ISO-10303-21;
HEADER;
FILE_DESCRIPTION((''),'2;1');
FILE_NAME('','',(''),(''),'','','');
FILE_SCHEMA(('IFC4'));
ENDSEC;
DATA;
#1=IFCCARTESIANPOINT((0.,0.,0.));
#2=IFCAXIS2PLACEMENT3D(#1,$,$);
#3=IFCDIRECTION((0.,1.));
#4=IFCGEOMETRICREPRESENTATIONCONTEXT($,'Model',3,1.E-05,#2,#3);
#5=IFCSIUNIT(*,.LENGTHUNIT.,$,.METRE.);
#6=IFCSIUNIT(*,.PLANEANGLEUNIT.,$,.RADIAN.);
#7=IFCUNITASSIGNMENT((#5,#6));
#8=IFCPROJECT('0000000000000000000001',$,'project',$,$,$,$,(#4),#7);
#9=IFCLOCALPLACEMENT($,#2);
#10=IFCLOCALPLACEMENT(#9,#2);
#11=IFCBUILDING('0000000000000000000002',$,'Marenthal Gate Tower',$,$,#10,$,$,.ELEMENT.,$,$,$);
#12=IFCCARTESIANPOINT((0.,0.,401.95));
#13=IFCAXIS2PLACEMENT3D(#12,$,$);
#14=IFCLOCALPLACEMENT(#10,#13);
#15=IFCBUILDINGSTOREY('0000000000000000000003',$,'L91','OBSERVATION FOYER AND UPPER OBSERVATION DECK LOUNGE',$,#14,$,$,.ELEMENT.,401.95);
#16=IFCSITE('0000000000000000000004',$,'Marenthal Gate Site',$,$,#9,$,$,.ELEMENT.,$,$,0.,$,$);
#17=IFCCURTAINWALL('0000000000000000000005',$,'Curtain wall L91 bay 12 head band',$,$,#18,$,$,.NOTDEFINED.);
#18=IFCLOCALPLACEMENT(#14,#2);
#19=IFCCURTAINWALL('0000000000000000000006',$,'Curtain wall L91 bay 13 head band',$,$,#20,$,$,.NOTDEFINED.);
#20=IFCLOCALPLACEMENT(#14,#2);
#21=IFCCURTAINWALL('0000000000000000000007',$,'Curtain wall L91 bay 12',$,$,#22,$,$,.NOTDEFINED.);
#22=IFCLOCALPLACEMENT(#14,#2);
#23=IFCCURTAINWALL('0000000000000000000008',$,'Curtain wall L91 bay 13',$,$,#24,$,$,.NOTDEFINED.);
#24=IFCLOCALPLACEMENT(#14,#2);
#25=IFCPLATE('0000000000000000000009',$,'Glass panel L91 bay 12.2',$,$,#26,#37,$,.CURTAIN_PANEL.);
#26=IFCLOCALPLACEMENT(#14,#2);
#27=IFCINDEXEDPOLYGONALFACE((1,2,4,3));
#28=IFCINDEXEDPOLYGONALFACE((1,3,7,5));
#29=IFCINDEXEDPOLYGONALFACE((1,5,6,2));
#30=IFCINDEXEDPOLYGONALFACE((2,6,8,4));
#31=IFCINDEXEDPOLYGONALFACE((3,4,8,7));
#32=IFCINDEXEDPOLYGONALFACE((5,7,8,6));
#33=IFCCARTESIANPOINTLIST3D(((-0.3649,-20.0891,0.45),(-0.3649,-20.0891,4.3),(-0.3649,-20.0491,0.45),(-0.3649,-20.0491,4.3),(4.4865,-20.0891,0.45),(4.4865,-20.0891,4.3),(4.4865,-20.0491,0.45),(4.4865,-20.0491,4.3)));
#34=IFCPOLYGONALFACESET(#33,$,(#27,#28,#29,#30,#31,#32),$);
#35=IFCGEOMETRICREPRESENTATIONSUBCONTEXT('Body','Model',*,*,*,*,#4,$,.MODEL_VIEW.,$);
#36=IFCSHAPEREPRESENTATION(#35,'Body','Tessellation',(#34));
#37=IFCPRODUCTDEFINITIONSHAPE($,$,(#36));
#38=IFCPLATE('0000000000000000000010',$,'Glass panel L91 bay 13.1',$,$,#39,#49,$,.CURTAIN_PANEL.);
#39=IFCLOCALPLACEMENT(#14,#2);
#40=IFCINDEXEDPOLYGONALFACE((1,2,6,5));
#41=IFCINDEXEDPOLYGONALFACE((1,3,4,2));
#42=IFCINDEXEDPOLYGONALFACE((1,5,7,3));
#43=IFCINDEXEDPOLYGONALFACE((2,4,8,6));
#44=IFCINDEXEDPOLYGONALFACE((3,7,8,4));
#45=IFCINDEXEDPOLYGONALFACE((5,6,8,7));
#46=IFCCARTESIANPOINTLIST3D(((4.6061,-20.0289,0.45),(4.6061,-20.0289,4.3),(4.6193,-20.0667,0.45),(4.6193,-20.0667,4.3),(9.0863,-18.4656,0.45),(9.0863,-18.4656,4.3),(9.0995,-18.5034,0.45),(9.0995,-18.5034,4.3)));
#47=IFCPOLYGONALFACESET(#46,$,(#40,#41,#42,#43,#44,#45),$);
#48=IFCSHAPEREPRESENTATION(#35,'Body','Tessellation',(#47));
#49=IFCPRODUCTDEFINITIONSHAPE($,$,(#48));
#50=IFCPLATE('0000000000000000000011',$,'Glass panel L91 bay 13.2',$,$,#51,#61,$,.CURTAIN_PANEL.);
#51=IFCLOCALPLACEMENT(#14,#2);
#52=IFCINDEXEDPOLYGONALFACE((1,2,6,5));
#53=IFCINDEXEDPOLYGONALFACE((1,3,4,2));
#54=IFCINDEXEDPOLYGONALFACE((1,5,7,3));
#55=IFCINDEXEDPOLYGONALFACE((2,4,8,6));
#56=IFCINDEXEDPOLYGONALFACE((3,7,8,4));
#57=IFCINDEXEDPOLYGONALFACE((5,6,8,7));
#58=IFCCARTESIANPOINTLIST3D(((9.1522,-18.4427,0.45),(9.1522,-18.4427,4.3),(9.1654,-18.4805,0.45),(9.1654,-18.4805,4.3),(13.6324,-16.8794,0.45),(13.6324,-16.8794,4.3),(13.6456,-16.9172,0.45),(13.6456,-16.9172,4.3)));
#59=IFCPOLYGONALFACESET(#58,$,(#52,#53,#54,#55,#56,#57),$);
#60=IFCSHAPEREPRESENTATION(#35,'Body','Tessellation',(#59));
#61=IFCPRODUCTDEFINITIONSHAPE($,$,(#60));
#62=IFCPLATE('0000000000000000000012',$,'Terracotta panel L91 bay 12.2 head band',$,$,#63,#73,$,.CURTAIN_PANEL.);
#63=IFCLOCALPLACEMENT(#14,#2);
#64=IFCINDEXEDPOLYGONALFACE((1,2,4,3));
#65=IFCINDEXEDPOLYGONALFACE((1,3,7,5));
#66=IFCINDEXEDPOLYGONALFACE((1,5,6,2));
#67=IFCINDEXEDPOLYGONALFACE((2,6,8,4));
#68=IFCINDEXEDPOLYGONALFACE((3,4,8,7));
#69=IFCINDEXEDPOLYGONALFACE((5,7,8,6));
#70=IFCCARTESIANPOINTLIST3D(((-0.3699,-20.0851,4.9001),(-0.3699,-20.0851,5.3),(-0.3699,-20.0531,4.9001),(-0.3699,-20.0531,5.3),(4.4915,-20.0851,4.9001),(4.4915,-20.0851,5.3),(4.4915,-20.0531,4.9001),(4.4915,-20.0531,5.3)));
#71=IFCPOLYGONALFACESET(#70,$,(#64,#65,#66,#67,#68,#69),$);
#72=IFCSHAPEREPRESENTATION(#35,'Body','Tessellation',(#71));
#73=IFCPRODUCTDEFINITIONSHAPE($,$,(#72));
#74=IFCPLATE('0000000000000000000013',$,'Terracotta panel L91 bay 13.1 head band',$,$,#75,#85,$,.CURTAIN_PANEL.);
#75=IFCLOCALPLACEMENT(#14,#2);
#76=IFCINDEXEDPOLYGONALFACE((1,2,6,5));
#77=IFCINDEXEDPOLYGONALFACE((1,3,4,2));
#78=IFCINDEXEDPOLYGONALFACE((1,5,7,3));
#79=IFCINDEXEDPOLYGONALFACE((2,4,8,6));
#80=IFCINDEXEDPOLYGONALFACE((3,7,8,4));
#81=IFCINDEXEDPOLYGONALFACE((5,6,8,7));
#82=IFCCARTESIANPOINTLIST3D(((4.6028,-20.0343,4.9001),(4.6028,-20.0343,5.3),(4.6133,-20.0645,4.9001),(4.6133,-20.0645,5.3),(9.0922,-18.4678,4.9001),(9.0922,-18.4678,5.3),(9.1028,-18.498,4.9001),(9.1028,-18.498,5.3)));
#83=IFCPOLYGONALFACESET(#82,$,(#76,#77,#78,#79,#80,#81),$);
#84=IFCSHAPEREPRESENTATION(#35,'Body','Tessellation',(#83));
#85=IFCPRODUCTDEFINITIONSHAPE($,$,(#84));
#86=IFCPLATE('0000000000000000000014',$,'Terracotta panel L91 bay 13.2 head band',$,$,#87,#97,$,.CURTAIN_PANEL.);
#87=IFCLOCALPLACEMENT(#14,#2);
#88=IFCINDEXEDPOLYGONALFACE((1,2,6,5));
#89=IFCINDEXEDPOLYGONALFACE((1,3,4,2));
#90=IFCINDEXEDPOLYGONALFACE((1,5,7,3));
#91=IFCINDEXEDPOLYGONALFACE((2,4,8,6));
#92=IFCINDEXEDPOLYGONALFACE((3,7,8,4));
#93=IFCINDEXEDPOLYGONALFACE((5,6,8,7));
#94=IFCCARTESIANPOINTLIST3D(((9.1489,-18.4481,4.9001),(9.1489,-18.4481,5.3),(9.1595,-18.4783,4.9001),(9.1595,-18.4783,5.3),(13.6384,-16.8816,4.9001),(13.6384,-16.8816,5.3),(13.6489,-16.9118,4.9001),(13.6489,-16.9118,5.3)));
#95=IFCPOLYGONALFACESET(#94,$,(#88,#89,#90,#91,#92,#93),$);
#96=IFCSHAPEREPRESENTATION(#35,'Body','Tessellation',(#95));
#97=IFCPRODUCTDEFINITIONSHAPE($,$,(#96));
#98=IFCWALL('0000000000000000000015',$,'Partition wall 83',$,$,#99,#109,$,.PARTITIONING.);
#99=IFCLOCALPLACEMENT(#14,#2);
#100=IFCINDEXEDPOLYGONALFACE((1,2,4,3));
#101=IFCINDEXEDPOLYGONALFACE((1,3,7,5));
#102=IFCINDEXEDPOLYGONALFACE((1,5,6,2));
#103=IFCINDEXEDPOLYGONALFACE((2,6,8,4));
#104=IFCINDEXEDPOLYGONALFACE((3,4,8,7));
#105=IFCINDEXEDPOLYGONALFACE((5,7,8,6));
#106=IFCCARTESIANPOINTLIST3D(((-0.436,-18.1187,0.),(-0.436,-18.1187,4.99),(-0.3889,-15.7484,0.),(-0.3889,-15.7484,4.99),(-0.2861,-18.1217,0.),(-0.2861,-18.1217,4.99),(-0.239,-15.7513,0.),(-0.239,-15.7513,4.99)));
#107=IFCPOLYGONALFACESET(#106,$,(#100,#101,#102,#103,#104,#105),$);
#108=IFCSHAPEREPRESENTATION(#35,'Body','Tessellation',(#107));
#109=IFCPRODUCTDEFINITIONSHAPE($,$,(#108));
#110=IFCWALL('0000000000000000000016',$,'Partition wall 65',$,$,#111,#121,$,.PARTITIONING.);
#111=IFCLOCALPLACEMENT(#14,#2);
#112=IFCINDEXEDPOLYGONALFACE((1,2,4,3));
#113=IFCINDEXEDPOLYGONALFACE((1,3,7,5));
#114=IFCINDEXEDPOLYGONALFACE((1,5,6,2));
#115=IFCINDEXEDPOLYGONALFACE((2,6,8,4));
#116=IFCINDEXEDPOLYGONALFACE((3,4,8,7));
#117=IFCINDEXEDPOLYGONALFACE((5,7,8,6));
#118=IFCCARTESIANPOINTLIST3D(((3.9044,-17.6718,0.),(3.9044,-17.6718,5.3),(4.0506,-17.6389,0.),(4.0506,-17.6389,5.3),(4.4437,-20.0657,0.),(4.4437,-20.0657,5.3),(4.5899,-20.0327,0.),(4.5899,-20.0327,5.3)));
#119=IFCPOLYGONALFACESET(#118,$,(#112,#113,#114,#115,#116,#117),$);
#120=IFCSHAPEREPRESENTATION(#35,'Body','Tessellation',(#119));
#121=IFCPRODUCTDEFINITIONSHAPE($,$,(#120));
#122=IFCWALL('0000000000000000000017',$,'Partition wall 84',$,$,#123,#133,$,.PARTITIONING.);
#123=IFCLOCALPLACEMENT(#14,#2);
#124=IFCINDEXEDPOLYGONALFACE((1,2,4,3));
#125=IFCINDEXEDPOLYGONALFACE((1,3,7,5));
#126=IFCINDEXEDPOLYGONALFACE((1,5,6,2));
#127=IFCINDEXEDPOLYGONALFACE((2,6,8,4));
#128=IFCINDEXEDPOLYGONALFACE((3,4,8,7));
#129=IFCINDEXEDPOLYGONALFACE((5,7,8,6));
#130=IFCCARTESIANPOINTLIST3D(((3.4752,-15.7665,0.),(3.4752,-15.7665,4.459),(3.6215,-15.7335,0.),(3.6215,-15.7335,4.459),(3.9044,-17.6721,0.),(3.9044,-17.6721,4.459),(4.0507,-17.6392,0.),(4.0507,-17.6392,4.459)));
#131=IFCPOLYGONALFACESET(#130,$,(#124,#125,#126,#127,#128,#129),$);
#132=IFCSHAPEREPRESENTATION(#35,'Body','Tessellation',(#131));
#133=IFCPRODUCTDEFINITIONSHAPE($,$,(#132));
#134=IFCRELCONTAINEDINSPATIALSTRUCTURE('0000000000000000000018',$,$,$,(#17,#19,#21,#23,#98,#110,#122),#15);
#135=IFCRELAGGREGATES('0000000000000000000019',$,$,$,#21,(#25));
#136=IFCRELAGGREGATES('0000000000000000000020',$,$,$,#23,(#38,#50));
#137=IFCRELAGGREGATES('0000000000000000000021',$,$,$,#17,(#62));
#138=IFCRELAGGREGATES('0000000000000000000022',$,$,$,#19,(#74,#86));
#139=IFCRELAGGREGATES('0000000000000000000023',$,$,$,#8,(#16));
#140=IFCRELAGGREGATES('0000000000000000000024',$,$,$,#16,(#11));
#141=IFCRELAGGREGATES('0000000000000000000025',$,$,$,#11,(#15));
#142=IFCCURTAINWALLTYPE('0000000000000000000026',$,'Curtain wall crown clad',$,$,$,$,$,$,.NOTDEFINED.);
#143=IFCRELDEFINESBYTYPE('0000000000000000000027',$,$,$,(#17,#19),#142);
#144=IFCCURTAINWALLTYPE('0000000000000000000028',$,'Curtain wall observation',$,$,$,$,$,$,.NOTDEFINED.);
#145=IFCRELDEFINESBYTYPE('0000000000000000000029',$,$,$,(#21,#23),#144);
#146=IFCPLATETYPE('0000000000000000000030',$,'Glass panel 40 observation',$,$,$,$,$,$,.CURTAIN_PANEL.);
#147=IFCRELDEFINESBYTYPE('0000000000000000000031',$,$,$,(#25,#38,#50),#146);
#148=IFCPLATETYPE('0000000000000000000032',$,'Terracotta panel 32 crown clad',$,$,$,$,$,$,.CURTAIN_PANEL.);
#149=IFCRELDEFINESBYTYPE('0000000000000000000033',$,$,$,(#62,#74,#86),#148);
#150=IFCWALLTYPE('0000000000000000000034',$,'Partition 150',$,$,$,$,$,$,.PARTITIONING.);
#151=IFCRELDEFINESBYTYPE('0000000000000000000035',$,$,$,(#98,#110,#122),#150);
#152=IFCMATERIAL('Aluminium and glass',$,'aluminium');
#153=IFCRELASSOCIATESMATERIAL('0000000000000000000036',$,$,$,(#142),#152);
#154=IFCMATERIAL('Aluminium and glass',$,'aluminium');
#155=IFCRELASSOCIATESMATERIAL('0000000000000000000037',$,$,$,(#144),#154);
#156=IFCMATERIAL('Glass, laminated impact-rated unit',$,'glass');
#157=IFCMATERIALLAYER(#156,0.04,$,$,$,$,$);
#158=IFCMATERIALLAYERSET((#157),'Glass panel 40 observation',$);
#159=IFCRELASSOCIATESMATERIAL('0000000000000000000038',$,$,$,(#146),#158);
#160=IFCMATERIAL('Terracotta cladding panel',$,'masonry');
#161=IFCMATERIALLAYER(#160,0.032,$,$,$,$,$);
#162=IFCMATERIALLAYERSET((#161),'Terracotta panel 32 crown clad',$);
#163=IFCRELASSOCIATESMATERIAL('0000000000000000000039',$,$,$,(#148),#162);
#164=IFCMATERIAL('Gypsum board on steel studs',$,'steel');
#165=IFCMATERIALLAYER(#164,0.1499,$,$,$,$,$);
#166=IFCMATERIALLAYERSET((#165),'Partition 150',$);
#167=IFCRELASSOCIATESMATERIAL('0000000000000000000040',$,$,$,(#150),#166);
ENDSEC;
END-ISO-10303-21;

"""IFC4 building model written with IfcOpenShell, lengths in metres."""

from ifc_helpers import new_model, si_unit, direction, frame, frame_2d, origin, origin_2d, place, context, subcontext, project, spatial, rectangle, extrude, material, layer, layer_set, type_object, element, aggregate, save


model = new_model("IFC4")

# Units and contexts
model_context = context("Model", 3, precision=1e-05, world=origin(), true_north=direction((0.0, 1.0)))
body_context = subcontext(model_context, "Body", "Model", "MODEL_VIEW")
ifc_project = project(units=[si_unit("LENGTHUNIT", "METRE"), si_unit("PLANEANGLEUNIT", "RADIAN")], contexts=[model_context])

# Site, building, storey
site_placement = place(None, origin())
site = spatial("IfcSite", under=ifc_project, at=site_placement, Name="Marenthal Gate Site", CompositionType="ELEMENT", RefElevation=0.0)
building_placement = place(site_placement, origin())
building = spatial("IfcBuilding", under=site, at=building_placement, Name="Marenthal Gate Tower", CompositionType="ELEMENT")
storey_placement = place(building_placement, frame((0.0, 0.0, 401.95)))
storey = spatial("IfcBuildingStorey", under=building, at=storey_placement, Name="L91", Description="OBSERVATION FOYER AND UPPER OBSERVATION DECK LOUNGE", CompositionType="ELEMENT", Elevation=401.95)

# Curtain wall
ifc_material_1 = material(Name="Aluminium and glass", Category="aluminium")
curtain_wall_type_1 = type_object("IfcCurtainWallType", Name="Curtain wall crown clad", PredefinedType="NOTDEFINED", material=ifc_material_1)
curtain_wall_1_placement = place(storey_placement, origin())
curtain_wall_1 = element("IfcCurtainWall", 1, at=curtain_wall_1_placement, inside=storey, type_object=curtain_wall_type_1, Name="Curtain wall L91 bay 12 head band", PredefinedType="NOTDEFINED")

# Curtain wall
curtain_wall_2_placement = place(storey_placement, origin())
curtain_wall_2 = element("IfcCurtainWall", 2, at=curtain_wall_2_placement, inside=storey, type_object=curtain_wall_type_1, Name="Curtain wall L91 bay 13 head band", PredefinedType="NOTDEFINED")

# Curtain wall
ifc_material_2 = material(Name="Aluminium and glass", Category="aluminium")
curtain_wall_type_2 = type_object("IfcCurtainWallType", Name="Curtain wall observation", PredefinedType="NOTDEFINED", material=ifc_material_2)
curtain_wall_3_placement = place(storey_placement, origin())
curtain_wall_3 = element("IfcCurtainWall", 3, at=curtain_wall_3_placement, inside=storey, type_object=curtain_wall_type_2, Name="Curtain wall L91 bay 12", PredefinedType="NOTDEFINED")

# Curtain wall
curtain_wall_4_placement = place(storey_placement, origin())
curtain_wall_4 = element("IfcCurtainWall", 4, at=curtain_wall_4_placement, inside=storey, type_object=curtain_wall_type_2, Name="Curtain wall L91 bay 13", PredefinedType="NOTDEFINED")

# Plates
ifc_material_3 = material(Name="Glass, laminated impact-rated unit", Category="glass")
ifc_layer_1 = layer(ifc_material_3, 0.04)
ifc_layer_set_1 = layer_set([ifc_layer_1], Name="Glass panel 40 observation")
plate_type_1 = type_object("IfcPlateType", Name="Glass panel 40 observation", PredefinedType="CURTAIN_PANEL", material=ifc_layer_set_1)
plate_1_placement = place(storey_placement, frame((2.0608, -20.0691, 0.45), z_axis=(0.0, 0.0, 1.0), x_axis=(1.0, 0.0, 0.0)))
plate_1 = element("IfcPlate", 5, at=plate_1_placement, type_object=plate_type_1, Name="Glass panel L91 bay 12.2", PredefinedType="CURTAIN_PANEL", context=body_context, shape_type="SweptSolid", body=[
    extrude(rectangle(XDim=4.8513, YDim=0.04, at=origin_2d()), origin(), (0.0, 0.0, 1.0), 3.8501),
])
aggregate(curtain_wall_3, [plate_1])
plate_2_placement = place(storey_placement, frame((6.8528, -19.2661, 0.45), z_axis=(0.0, 0.0, 1.0), x_axis=(0.944172, 0.329454, 0.0)))
plate_2 = element("IfcPlate", 6, at=plate_2_placement, type_object=plate_type_1, Name="Glass panel L91 bay 13.1", PredefinedType="CURTAIN_PANEL", context=body_context, shape_type="SweptSolid", body=[
    extrude(rectangle(XDim=4.7451, YDim=0.04, at=origin_2d()), origin(), (0.0, 0.0, 1.0), 3.8501),
])
plate_3_placement = place(storey_placement, frame((11.3989, -17.6799, 0.45), z_axis=(0.0, 0.0, 1.0), x_axis=(0.944172, 0.329454, 0.0)))
plate_3 = element("IfcPlate", 7, at=plate_3_placement, type_object=plate_type_1, Name="Glass panel L91 bay 13.2", PredefinedType="CURTAIN_PANEL", context=body_context, shape_type="SweptSolid", body=[
    extrude(rectangle(XDim=4.7451, YDim=0.04, at=origin_2d()), origin(), (0.0, 0.0, 1.0), 3.8501),
])
aggregate(curtain_wall_4, [plate_2, plate_3])
ifc_material_4 = material(Name="Terracotta cladding panel", Category="masonry")
ifc_layer_2 = layer(ifc_material_4, 0.032)
ifc_layer_set_2 = layer_set([ifc_layer_2], Name="Terracotta panel 32 crown clad")
plate_type_2 = type_object("IfcPlateType", Name="Terracotta panel 32 crown clad", PredefinedType="CURTAIN_PANEL", material=ifc_layer_set_2)
plate_4_placement = place(storey_placement, frame((2.0608, -20.0691, 4.9001), z_axis=(0.0, 0.0, 1.0), x_axis=(1.0, 0.0, 0.0)))
plate_4 = element("IfcPlate", 8, at=plate_4_placement, type_object=plate_type_2, Name="Terracotta panel L91 bay 12.2 head band", PredefinedType="CURTAIN_PANEL", context=body_context, shape_type="SweptSolid", body=[
    extrude(rectangle(XDim=4.8613, YDim=0.032, at=origin_2d()), origin(), (0.0, 0.0, 1.0), 0.3999),
])
aggregate(curtain_wall_1, [plate_4])
plate_5_placement = place(storey_placement, frame((6.8528, -19.2661, 4.9001), z_axis=(0.0, 0.0, 1.0), x_axis=(0.944172, 0.329454, 0.0)))
plate_5 = element("IfcPlate", 9, at=plate_5_placement, type_object=plate_type_2, Name="Terracotta panel L91 bay 13.1 head band", PredefinedType="CURTAIN_PANEL", context=body_context, shape_type="SweptSolid", body=[
    extrude(rectangle(XDim=4.7549, YDim=0.032, at=origin_2d()), origin(), (0.0, 0.0, 1.0), 0.3999),
])
plate_6_placement = place(storey_placement, frame((11.3989, -17.6799, 4.9001), z_axis=(0.0, 0.0, 1.0), x_axis=(0.944172, 0.329454, 0.0)))
plate_6 = element("IfcPlate", 10, at=plate_6_placement, type_object=plate_type_2, Name="Terracotta panel L91 bay 13.2 head band", PredefinedType="CURTAIN_PANEL", context=body_context, shape_type="SweptSolid", body=[
    extrude(rectangle(XDim=4.7549, YDim=0.032, at=origin_2d()), origin(), (0.0, 0.0, 1.0), 0.3999),
])
aggregate(curtain_wall_2, [plate_5, plate_6])

# Walls
ifc_material_5 = material(Name="Gypsum board on steel studs", Category="steel")
ifc_layer_3 = layer(ifc_material_5, 0.1499)
ifc_layer_set_3 = layer_set([ifc_layer_3], Name="Partition 150")
wall_type = type_object("IfcWallType", Name="Partition 150", PredefinedType="PARTITIONING", material=ifc_layer_set_3)
wall_1_placement = place(storey_placement, frame((-0.3611, -18.1204, 0.0), z_axis=(0.0, 0.0, 1.0), x_axis=(0.019875, 0.999802, 0.0)))
element("IfcWall", 11, at=wall_1_placement, inside=storey, type_object=wall_type, Name="Partition wall 83", PredefinedType="PARTITIONING", context=body_context, shape_type="SweptSolid", body=[
    extrude(rectangle(XDim=2.3708, YDim=0.1499, at=frame_2d((1.1855, 0.0))), origin(), (0.0, 0.0, 1.0), 4.99),
])
wall_2_placement = place(storey_placement, frame((4.5168, -20.0493, 0.0), z_axis=(0.0, 0.0, 1.0), x_axis=(-0.219784, 0.975548, 0.0)))
element("IfcWall", 12, at=wall_2_placement, inside=storey, type_object=wall_type, Name="Partition wall 65", PredefinedType="PARTITIONING", context=body_context, shape_type="SweptSolid", body=[
    extrude(rectangle(XDim=2.4539, YDim=0.1499, at=frame_2d((1.2271, 0.0))), origin(), (0.0, 0.0, 1.0), 5.3),
])
wall_3_placement = place(storey_placement, frame((3.9775, -17.6555, 0.0), z_axis=(0.0, 0.0, 1.0), x_axis=(-0.219735, 0.97556, 0.0)))
element("IfcWall", 13, at=wall_3_placement, inside=storey, type_object=wall_type, Name="Partition wall 84", PredefinedType="PARTITIONING", context=body_context, shape_type="SweptSolid", body=[
    extrude(rectangle(XDim=1.9534, YDim=0.1499, at=frame_2d((0.9766, 0.0))), origin(), (0.0, 0.0, 1.0), 4.459),
])

save(model, "model.ifc")
